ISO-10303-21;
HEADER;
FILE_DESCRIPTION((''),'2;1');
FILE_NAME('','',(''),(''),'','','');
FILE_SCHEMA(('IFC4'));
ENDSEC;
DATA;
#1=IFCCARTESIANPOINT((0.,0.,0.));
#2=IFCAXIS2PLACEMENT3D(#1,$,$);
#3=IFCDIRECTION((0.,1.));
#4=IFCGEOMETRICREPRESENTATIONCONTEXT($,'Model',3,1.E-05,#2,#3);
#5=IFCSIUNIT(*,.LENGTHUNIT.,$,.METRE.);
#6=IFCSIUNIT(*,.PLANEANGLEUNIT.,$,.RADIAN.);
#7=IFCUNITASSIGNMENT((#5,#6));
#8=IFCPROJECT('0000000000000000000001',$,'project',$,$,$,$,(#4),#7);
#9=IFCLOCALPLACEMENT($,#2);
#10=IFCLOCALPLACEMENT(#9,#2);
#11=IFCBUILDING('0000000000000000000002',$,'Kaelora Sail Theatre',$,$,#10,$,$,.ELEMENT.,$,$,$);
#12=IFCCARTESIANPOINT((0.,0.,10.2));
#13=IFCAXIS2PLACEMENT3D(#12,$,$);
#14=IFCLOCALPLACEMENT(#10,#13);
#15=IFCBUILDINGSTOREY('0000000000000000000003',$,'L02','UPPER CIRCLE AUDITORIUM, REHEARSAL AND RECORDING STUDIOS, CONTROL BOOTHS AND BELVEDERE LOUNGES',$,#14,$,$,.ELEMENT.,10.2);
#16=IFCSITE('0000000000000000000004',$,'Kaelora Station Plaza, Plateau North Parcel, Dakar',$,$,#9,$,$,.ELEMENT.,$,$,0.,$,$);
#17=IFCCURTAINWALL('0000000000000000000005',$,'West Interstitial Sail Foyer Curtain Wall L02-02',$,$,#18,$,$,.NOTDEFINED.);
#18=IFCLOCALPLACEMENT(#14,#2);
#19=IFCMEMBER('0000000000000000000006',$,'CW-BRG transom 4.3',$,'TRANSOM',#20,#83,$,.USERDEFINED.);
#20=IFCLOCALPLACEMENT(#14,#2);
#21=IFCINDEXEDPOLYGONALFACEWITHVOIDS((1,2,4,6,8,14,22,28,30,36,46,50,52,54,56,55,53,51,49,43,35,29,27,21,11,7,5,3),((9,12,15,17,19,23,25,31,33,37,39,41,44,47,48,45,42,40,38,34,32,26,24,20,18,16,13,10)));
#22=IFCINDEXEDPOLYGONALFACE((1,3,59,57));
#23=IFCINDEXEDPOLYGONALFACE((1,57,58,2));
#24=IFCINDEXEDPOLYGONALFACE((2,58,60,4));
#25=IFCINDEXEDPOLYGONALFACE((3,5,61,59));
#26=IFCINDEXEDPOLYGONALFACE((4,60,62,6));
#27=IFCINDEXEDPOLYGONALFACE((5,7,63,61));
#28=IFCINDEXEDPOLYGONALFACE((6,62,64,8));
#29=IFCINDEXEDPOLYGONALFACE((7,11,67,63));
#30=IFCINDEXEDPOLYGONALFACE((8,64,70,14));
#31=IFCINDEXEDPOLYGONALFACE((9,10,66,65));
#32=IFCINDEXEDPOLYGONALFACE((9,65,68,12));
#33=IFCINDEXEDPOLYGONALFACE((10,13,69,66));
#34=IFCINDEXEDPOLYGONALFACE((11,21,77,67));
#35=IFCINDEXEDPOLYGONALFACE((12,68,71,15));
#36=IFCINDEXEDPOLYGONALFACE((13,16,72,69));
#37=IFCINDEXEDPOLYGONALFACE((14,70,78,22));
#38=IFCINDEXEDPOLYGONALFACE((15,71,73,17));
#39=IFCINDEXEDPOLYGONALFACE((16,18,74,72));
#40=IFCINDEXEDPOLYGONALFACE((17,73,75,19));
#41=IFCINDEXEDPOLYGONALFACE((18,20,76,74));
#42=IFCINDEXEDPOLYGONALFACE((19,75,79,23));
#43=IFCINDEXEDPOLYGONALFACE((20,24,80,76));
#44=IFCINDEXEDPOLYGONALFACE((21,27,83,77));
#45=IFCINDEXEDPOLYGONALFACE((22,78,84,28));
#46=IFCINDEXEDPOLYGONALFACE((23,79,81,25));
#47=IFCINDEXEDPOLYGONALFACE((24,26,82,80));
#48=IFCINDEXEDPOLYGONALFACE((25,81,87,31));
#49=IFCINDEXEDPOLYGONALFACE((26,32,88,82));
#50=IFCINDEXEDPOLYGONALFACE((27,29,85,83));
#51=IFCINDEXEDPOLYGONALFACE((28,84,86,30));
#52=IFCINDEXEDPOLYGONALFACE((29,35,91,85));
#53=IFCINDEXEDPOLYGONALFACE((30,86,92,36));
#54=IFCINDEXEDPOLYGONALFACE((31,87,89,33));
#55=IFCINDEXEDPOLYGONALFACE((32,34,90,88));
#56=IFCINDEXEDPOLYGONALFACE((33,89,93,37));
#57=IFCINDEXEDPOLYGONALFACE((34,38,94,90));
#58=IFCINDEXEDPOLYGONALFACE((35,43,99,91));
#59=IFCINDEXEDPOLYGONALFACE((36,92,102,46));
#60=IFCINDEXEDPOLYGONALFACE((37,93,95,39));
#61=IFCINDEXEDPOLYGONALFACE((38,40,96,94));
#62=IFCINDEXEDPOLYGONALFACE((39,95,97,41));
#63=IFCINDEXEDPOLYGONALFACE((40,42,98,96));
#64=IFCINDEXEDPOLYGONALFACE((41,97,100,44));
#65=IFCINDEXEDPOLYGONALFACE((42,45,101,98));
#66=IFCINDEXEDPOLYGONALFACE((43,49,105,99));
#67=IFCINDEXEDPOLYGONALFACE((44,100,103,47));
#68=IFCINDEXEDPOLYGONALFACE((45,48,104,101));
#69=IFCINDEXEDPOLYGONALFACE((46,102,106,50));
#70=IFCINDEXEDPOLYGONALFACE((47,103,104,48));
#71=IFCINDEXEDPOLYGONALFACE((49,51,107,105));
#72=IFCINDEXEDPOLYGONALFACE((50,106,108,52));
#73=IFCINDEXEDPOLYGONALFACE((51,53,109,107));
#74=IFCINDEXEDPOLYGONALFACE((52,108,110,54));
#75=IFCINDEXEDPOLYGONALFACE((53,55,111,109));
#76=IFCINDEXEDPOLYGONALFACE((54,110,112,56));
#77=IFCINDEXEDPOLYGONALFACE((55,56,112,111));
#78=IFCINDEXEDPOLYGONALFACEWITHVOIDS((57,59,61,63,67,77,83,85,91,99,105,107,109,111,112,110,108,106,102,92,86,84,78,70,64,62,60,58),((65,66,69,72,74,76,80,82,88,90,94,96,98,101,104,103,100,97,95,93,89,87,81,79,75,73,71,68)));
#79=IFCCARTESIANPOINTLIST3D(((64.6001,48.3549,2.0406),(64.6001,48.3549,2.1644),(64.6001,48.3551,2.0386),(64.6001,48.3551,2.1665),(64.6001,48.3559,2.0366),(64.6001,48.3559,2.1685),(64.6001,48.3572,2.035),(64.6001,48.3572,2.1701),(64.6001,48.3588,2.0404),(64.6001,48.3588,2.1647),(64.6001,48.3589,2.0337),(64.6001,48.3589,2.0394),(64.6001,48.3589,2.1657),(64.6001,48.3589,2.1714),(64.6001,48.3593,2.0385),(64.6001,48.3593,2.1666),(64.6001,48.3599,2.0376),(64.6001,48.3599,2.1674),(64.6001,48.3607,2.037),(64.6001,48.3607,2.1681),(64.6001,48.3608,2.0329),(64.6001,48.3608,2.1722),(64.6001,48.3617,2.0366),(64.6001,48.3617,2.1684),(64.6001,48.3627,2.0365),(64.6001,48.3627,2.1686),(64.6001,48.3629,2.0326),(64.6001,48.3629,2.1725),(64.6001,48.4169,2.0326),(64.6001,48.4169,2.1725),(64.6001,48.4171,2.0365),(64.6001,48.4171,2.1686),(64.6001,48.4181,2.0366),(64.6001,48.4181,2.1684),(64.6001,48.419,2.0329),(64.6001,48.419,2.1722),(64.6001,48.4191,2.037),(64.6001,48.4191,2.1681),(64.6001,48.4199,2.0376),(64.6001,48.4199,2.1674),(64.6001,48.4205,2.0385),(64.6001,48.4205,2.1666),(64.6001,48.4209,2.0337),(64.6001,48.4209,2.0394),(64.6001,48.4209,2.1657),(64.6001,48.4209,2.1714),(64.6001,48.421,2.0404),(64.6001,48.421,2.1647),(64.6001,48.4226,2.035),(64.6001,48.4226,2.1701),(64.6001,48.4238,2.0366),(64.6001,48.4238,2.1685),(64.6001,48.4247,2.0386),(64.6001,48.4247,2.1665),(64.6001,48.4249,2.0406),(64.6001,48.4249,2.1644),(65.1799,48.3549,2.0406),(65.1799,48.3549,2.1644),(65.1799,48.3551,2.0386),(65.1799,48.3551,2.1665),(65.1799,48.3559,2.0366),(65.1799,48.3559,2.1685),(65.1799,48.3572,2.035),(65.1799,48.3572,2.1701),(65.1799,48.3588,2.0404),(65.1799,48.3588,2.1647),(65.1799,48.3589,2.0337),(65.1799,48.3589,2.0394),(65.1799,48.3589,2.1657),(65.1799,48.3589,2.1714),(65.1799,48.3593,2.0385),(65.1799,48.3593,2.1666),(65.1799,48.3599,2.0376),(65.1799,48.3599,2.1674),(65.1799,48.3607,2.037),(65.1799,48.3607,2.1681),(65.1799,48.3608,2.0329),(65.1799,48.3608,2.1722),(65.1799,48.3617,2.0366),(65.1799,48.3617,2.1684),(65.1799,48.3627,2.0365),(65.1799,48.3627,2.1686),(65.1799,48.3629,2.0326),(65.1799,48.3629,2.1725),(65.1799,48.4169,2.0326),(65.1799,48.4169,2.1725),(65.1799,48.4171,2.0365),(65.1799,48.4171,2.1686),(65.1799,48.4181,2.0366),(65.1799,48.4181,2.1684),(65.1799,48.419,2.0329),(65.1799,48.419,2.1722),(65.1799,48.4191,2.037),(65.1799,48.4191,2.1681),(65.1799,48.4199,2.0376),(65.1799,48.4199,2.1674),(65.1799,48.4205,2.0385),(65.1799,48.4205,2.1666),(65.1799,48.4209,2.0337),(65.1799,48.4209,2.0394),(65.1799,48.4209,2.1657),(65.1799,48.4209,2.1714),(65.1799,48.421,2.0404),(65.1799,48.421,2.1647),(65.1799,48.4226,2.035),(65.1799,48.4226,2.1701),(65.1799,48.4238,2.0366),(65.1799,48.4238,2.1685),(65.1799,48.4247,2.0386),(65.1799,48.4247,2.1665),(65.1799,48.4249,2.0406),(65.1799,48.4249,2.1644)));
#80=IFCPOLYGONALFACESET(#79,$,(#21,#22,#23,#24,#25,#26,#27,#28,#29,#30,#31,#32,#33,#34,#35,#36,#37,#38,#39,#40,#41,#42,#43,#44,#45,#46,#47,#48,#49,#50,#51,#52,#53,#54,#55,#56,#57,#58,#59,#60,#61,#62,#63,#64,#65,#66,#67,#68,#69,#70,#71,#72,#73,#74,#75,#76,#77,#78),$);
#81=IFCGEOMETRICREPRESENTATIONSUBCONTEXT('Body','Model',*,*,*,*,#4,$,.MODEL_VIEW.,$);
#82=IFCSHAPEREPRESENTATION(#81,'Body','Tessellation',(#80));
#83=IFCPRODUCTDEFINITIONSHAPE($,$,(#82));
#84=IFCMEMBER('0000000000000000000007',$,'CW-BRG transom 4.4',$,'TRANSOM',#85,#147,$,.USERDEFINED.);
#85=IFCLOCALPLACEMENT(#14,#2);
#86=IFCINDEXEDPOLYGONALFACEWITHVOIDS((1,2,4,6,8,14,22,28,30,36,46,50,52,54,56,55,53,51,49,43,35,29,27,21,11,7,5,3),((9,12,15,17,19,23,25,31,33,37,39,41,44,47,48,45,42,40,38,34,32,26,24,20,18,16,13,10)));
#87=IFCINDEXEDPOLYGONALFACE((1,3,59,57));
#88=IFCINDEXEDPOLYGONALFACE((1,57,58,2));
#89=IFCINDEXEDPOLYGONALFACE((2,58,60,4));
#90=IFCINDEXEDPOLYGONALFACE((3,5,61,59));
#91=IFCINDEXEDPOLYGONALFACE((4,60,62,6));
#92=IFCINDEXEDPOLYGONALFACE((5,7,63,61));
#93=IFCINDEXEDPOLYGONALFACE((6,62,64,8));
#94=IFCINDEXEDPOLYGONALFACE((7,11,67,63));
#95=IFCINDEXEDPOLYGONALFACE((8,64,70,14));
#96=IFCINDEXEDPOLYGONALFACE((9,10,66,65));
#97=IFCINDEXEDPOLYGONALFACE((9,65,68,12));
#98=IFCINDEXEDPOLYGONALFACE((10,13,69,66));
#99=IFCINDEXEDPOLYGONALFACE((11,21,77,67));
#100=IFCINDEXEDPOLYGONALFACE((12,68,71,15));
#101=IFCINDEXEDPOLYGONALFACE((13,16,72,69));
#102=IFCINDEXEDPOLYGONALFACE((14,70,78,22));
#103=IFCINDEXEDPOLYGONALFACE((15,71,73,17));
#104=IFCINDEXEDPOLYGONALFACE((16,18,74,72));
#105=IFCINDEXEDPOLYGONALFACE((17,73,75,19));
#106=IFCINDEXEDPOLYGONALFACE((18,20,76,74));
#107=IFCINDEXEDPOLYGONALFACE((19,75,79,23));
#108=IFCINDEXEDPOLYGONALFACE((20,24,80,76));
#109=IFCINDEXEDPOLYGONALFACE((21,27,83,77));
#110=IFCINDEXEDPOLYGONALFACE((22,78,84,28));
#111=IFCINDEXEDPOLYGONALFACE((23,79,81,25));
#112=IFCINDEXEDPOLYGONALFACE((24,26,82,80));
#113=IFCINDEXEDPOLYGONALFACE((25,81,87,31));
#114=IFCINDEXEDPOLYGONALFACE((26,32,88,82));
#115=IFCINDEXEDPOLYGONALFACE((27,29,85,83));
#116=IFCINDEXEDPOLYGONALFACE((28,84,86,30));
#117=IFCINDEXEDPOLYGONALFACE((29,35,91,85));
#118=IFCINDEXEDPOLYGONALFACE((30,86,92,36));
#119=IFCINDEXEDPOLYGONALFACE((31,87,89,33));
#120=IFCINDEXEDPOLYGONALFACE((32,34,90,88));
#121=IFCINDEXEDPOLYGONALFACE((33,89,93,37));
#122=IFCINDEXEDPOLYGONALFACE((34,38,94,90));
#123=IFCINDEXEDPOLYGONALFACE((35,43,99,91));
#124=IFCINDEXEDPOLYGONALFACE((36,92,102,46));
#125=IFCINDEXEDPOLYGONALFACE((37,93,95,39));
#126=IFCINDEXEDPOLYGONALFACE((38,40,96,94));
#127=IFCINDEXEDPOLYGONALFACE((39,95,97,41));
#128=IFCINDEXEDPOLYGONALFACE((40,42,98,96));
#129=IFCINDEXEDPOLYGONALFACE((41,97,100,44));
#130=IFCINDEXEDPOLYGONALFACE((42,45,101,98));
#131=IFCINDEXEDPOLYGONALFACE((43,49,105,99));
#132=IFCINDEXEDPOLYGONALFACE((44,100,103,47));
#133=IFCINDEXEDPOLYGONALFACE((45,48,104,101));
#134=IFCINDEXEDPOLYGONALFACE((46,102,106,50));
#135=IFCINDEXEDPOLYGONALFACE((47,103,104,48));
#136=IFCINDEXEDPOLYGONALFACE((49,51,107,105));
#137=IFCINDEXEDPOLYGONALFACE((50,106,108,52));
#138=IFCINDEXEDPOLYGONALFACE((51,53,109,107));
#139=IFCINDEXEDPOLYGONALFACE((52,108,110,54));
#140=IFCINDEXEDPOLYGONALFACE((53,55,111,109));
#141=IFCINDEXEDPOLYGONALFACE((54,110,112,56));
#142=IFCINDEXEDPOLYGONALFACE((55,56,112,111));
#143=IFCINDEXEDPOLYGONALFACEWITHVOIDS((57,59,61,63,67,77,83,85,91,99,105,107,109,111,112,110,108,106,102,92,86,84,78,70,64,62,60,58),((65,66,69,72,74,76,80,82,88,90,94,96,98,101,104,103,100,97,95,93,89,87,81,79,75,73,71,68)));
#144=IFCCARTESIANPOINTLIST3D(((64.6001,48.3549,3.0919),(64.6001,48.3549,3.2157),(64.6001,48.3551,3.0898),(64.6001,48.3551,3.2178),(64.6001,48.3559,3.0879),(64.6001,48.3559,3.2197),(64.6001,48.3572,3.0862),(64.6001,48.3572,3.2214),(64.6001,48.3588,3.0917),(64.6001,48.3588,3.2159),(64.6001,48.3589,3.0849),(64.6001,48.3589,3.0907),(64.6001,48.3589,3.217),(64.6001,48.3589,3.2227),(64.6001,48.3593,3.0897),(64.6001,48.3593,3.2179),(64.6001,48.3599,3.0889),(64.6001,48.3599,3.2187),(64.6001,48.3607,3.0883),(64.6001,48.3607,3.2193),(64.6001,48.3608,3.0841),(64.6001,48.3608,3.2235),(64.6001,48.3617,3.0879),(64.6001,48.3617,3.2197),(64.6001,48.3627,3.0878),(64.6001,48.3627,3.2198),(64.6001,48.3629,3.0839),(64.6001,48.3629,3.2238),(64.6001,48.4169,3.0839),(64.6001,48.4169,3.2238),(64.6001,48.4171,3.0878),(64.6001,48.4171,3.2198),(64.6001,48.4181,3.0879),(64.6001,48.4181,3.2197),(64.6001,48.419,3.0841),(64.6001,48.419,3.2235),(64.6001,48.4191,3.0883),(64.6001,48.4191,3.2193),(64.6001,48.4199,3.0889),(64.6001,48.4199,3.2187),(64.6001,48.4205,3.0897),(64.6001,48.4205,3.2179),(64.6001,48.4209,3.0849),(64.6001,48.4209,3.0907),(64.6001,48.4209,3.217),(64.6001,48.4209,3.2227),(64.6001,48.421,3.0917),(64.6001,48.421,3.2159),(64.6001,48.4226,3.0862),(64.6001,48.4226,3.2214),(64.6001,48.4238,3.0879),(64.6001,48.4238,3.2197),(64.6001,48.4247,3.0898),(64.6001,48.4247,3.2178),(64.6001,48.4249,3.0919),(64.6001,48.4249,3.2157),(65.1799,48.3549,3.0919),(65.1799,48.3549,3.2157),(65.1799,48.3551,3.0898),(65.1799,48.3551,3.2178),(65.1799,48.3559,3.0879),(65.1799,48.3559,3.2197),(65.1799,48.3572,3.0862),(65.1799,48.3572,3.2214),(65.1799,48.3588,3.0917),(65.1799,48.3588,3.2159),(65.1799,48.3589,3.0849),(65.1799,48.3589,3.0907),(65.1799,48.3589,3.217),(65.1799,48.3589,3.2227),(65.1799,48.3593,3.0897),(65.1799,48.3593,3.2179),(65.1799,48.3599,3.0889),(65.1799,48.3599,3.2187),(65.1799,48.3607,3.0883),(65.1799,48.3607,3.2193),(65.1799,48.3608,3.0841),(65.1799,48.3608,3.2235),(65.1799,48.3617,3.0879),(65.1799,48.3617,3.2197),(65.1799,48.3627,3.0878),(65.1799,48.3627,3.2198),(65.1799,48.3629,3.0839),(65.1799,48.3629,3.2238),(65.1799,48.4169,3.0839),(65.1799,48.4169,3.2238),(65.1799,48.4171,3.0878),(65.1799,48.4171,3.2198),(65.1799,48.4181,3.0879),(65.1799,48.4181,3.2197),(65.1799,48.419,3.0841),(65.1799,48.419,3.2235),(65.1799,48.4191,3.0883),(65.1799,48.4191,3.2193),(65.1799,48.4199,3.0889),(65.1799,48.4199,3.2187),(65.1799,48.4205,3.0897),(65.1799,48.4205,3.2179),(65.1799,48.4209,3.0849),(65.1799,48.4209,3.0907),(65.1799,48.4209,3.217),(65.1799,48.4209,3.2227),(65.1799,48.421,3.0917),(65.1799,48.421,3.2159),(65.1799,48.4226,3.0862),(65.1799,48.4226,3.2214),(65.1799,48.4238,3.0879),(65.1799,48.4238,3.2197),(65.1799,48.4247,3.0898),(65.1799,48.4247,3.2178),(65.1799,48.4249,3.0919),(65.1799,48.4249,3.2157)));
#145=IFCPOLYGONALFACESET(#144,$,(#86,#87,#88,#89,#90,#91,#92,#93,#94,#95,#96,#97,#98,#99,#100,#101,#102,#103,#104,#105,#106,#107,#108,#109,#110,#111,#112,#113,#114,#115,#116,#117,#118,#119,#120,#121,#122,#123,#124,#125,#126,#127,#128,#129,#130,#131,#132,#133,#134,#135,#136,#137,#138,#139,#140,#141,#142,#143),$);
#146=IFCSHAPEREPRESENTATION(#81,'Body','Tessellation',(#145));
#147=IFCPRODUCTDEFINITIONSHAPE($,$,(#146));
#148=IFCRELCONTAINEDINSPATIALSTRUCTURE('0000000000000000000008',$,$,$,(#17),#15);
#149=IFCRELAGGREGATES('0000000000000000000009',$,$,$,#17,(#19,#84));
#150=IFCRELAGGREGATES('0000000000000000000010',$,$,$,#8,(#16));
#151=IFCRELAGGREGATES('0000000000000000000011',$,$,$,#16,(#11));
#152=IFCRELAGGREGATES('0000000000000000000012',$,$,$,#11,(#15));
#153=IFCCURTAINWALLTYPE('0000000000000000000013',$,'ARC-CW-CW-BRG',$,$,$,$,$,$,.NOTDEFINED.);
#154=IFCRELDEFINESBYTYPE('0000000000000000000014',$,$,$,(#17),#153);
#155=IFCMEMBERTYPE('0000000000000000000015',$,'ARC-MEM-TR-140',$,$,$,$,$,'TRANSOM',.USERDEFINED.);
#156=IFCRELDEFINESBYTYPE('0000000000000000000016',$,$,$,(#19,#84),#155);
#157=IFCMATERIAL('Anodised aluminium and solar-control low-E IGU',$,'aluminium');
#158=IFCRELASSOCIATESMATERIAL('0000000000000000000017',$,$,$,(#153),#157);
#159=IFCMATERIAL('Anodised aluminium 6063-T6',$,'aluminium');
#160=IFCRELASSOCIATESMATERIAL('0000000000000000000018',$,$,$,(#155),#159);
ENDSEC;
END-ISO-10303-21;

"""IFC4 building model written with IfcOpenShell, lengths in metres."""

from ifc_helpers import new_model, si_unit, direction, frame, origin, origin_2d, place, context, subcontext, project, spatial, hollow_rectangle, extrude, material, material_profile, profile_set, type_object, element, aggregate, save


model = new_model("IFC4")

# Units and contexts
model_context = context("Model", 3, precision=1e-05, world=origin(), true_north=direction((0.0, 1.0)))
body_context = subcontext(model_context, "Body", "Model", "MODEL_VIEW")
ifc_project = project(units=[si_unit("LENGTHUNIT", "METRE"), si_unit("PLANEANGLEUNIT", "RADIAN")], contexts=[model_context])

# Site, building, storey
site_placement = place(None, origin())
site = spatial("IfcSite", under=ifc_project, at=site_placement, Name="Kaelora Station Plaza, Plateau North Parcel, Dakar", CompositionType="ELEMENT", RefElevation=0.0)
building_placement = place(site_placement, origin())
building = spatial("IfcBuilding", under=site, at=building_placement, Name="Kaelora Sail Theatre", CompositionType="ELEMENT")
storey_placement = place(building_placement, frame((0.0, 0.0, 10.2)))
storey = spatial("IfcBuildingStorey", under=building, at=storey_placement, Name="L02", Description="UPPER CIRCLE AUDITORIUM, REHEARSAL AND RECORDING STUDIOS, CONTROL BOOTHS AND BELVEDERE LOUNGES", CompositionType="ELEMENT", Elevation=10.2)

# Curtain wall, members
ifc_material_1 = material(Name="Anodised aluminium and solar-control low-E IGU", Category="aluminium")
curtain_wall_type = type_object("IfcCurtainWallType", Name="ARC-CW-CW-BRG", PredefinedType="NOTDEFINED", material=ifc_material_1)
curtain_wall_placement = place(storey_placement, origin())
curtain_wall = element("IfcCurtainWall", 1, at=curtain_wall_placement, inside=storey, type_object=curtain_wall_type, Name="West Interstitial Sail Foyer Curtain Wall L02-02", PredefinedType="NOTDEFINED")
ifc_material_2 = material(Name="Anodised aluminium 6063-T6", Category="aluminium")
ifc_material_profile_1 = material_profile(ifc_material_2, hollow_rectangle(XDim=0.0701, YDim=0.1399, WallThickness=0.0039, InnerFilletRadius=0.0039, OuterFilletRadius=0.0081, at=origin_2d()), Name="ALU-TRAN 70x140x4")
ifc_profile_set_1 = profile_set([ifc_material_profile_1], Name="Anodised aluminium 6063-T6")
member_type_1 = type_object("IfcMemberType", Name="ARC-MEM-TR-140", ElementType="TRANSOM", PredefinedType="USERDEFINED", material=ifc_profile_set_1)
member_1_placement = place(storey_placement, frame((64.6001, 48.3899, 2.1025), z_axis=(1.0, 0.0, 0.0), x_axis=(0.0, 1.0, 0.0)))
member_1 = element("IfcMember", 2, at=member_1_placement, type_object=member_type_1, Name="CW-BRG transom 4.3", ObjectType="TRANSOM", PredefinedType="USERDEFINED", context=body_context, shape_type="SweptSolid", body=[
    extrude(hollow_rectangle(XDim=0.0701, YDim=0.1399, WallThickness=0.0039, InnerFilletRadius=0.0039, OuterFilletRadius=0.0081, at=origin_2d()), origin(), (0.0, 0.0, 1.0), 0.5798),
])
member_2_placement = place(storey_placement, frame((64.6001, 48.3899, 3.1538), z_axis=(1.0, 0.0, 0.0), x_axis=(0.0, 1.0, 0.0)))
member_2 = element("IfcMember", 3, at=member_2_placement, type_object=member_type_1, Name="CW-BRG transom 4.4", ObjectType="TRANSOM", PredefinedType="USERDEFINED", context=body_context, shape_type="SweptSolid", body=[
    extrude(hollow_rectangle(XDim=0.0701, YDim=0.1399, WallThickness=0.0039, InnerFilletRadius=0.0039, OuterFilletRadius=0.0081, at=origin_2d()), origin(), (0.0, 0.0, 1.0), 0.5798),
])

aggregate(curtain_wall, [member_1, member_2])

save(model, "model.ifc")
